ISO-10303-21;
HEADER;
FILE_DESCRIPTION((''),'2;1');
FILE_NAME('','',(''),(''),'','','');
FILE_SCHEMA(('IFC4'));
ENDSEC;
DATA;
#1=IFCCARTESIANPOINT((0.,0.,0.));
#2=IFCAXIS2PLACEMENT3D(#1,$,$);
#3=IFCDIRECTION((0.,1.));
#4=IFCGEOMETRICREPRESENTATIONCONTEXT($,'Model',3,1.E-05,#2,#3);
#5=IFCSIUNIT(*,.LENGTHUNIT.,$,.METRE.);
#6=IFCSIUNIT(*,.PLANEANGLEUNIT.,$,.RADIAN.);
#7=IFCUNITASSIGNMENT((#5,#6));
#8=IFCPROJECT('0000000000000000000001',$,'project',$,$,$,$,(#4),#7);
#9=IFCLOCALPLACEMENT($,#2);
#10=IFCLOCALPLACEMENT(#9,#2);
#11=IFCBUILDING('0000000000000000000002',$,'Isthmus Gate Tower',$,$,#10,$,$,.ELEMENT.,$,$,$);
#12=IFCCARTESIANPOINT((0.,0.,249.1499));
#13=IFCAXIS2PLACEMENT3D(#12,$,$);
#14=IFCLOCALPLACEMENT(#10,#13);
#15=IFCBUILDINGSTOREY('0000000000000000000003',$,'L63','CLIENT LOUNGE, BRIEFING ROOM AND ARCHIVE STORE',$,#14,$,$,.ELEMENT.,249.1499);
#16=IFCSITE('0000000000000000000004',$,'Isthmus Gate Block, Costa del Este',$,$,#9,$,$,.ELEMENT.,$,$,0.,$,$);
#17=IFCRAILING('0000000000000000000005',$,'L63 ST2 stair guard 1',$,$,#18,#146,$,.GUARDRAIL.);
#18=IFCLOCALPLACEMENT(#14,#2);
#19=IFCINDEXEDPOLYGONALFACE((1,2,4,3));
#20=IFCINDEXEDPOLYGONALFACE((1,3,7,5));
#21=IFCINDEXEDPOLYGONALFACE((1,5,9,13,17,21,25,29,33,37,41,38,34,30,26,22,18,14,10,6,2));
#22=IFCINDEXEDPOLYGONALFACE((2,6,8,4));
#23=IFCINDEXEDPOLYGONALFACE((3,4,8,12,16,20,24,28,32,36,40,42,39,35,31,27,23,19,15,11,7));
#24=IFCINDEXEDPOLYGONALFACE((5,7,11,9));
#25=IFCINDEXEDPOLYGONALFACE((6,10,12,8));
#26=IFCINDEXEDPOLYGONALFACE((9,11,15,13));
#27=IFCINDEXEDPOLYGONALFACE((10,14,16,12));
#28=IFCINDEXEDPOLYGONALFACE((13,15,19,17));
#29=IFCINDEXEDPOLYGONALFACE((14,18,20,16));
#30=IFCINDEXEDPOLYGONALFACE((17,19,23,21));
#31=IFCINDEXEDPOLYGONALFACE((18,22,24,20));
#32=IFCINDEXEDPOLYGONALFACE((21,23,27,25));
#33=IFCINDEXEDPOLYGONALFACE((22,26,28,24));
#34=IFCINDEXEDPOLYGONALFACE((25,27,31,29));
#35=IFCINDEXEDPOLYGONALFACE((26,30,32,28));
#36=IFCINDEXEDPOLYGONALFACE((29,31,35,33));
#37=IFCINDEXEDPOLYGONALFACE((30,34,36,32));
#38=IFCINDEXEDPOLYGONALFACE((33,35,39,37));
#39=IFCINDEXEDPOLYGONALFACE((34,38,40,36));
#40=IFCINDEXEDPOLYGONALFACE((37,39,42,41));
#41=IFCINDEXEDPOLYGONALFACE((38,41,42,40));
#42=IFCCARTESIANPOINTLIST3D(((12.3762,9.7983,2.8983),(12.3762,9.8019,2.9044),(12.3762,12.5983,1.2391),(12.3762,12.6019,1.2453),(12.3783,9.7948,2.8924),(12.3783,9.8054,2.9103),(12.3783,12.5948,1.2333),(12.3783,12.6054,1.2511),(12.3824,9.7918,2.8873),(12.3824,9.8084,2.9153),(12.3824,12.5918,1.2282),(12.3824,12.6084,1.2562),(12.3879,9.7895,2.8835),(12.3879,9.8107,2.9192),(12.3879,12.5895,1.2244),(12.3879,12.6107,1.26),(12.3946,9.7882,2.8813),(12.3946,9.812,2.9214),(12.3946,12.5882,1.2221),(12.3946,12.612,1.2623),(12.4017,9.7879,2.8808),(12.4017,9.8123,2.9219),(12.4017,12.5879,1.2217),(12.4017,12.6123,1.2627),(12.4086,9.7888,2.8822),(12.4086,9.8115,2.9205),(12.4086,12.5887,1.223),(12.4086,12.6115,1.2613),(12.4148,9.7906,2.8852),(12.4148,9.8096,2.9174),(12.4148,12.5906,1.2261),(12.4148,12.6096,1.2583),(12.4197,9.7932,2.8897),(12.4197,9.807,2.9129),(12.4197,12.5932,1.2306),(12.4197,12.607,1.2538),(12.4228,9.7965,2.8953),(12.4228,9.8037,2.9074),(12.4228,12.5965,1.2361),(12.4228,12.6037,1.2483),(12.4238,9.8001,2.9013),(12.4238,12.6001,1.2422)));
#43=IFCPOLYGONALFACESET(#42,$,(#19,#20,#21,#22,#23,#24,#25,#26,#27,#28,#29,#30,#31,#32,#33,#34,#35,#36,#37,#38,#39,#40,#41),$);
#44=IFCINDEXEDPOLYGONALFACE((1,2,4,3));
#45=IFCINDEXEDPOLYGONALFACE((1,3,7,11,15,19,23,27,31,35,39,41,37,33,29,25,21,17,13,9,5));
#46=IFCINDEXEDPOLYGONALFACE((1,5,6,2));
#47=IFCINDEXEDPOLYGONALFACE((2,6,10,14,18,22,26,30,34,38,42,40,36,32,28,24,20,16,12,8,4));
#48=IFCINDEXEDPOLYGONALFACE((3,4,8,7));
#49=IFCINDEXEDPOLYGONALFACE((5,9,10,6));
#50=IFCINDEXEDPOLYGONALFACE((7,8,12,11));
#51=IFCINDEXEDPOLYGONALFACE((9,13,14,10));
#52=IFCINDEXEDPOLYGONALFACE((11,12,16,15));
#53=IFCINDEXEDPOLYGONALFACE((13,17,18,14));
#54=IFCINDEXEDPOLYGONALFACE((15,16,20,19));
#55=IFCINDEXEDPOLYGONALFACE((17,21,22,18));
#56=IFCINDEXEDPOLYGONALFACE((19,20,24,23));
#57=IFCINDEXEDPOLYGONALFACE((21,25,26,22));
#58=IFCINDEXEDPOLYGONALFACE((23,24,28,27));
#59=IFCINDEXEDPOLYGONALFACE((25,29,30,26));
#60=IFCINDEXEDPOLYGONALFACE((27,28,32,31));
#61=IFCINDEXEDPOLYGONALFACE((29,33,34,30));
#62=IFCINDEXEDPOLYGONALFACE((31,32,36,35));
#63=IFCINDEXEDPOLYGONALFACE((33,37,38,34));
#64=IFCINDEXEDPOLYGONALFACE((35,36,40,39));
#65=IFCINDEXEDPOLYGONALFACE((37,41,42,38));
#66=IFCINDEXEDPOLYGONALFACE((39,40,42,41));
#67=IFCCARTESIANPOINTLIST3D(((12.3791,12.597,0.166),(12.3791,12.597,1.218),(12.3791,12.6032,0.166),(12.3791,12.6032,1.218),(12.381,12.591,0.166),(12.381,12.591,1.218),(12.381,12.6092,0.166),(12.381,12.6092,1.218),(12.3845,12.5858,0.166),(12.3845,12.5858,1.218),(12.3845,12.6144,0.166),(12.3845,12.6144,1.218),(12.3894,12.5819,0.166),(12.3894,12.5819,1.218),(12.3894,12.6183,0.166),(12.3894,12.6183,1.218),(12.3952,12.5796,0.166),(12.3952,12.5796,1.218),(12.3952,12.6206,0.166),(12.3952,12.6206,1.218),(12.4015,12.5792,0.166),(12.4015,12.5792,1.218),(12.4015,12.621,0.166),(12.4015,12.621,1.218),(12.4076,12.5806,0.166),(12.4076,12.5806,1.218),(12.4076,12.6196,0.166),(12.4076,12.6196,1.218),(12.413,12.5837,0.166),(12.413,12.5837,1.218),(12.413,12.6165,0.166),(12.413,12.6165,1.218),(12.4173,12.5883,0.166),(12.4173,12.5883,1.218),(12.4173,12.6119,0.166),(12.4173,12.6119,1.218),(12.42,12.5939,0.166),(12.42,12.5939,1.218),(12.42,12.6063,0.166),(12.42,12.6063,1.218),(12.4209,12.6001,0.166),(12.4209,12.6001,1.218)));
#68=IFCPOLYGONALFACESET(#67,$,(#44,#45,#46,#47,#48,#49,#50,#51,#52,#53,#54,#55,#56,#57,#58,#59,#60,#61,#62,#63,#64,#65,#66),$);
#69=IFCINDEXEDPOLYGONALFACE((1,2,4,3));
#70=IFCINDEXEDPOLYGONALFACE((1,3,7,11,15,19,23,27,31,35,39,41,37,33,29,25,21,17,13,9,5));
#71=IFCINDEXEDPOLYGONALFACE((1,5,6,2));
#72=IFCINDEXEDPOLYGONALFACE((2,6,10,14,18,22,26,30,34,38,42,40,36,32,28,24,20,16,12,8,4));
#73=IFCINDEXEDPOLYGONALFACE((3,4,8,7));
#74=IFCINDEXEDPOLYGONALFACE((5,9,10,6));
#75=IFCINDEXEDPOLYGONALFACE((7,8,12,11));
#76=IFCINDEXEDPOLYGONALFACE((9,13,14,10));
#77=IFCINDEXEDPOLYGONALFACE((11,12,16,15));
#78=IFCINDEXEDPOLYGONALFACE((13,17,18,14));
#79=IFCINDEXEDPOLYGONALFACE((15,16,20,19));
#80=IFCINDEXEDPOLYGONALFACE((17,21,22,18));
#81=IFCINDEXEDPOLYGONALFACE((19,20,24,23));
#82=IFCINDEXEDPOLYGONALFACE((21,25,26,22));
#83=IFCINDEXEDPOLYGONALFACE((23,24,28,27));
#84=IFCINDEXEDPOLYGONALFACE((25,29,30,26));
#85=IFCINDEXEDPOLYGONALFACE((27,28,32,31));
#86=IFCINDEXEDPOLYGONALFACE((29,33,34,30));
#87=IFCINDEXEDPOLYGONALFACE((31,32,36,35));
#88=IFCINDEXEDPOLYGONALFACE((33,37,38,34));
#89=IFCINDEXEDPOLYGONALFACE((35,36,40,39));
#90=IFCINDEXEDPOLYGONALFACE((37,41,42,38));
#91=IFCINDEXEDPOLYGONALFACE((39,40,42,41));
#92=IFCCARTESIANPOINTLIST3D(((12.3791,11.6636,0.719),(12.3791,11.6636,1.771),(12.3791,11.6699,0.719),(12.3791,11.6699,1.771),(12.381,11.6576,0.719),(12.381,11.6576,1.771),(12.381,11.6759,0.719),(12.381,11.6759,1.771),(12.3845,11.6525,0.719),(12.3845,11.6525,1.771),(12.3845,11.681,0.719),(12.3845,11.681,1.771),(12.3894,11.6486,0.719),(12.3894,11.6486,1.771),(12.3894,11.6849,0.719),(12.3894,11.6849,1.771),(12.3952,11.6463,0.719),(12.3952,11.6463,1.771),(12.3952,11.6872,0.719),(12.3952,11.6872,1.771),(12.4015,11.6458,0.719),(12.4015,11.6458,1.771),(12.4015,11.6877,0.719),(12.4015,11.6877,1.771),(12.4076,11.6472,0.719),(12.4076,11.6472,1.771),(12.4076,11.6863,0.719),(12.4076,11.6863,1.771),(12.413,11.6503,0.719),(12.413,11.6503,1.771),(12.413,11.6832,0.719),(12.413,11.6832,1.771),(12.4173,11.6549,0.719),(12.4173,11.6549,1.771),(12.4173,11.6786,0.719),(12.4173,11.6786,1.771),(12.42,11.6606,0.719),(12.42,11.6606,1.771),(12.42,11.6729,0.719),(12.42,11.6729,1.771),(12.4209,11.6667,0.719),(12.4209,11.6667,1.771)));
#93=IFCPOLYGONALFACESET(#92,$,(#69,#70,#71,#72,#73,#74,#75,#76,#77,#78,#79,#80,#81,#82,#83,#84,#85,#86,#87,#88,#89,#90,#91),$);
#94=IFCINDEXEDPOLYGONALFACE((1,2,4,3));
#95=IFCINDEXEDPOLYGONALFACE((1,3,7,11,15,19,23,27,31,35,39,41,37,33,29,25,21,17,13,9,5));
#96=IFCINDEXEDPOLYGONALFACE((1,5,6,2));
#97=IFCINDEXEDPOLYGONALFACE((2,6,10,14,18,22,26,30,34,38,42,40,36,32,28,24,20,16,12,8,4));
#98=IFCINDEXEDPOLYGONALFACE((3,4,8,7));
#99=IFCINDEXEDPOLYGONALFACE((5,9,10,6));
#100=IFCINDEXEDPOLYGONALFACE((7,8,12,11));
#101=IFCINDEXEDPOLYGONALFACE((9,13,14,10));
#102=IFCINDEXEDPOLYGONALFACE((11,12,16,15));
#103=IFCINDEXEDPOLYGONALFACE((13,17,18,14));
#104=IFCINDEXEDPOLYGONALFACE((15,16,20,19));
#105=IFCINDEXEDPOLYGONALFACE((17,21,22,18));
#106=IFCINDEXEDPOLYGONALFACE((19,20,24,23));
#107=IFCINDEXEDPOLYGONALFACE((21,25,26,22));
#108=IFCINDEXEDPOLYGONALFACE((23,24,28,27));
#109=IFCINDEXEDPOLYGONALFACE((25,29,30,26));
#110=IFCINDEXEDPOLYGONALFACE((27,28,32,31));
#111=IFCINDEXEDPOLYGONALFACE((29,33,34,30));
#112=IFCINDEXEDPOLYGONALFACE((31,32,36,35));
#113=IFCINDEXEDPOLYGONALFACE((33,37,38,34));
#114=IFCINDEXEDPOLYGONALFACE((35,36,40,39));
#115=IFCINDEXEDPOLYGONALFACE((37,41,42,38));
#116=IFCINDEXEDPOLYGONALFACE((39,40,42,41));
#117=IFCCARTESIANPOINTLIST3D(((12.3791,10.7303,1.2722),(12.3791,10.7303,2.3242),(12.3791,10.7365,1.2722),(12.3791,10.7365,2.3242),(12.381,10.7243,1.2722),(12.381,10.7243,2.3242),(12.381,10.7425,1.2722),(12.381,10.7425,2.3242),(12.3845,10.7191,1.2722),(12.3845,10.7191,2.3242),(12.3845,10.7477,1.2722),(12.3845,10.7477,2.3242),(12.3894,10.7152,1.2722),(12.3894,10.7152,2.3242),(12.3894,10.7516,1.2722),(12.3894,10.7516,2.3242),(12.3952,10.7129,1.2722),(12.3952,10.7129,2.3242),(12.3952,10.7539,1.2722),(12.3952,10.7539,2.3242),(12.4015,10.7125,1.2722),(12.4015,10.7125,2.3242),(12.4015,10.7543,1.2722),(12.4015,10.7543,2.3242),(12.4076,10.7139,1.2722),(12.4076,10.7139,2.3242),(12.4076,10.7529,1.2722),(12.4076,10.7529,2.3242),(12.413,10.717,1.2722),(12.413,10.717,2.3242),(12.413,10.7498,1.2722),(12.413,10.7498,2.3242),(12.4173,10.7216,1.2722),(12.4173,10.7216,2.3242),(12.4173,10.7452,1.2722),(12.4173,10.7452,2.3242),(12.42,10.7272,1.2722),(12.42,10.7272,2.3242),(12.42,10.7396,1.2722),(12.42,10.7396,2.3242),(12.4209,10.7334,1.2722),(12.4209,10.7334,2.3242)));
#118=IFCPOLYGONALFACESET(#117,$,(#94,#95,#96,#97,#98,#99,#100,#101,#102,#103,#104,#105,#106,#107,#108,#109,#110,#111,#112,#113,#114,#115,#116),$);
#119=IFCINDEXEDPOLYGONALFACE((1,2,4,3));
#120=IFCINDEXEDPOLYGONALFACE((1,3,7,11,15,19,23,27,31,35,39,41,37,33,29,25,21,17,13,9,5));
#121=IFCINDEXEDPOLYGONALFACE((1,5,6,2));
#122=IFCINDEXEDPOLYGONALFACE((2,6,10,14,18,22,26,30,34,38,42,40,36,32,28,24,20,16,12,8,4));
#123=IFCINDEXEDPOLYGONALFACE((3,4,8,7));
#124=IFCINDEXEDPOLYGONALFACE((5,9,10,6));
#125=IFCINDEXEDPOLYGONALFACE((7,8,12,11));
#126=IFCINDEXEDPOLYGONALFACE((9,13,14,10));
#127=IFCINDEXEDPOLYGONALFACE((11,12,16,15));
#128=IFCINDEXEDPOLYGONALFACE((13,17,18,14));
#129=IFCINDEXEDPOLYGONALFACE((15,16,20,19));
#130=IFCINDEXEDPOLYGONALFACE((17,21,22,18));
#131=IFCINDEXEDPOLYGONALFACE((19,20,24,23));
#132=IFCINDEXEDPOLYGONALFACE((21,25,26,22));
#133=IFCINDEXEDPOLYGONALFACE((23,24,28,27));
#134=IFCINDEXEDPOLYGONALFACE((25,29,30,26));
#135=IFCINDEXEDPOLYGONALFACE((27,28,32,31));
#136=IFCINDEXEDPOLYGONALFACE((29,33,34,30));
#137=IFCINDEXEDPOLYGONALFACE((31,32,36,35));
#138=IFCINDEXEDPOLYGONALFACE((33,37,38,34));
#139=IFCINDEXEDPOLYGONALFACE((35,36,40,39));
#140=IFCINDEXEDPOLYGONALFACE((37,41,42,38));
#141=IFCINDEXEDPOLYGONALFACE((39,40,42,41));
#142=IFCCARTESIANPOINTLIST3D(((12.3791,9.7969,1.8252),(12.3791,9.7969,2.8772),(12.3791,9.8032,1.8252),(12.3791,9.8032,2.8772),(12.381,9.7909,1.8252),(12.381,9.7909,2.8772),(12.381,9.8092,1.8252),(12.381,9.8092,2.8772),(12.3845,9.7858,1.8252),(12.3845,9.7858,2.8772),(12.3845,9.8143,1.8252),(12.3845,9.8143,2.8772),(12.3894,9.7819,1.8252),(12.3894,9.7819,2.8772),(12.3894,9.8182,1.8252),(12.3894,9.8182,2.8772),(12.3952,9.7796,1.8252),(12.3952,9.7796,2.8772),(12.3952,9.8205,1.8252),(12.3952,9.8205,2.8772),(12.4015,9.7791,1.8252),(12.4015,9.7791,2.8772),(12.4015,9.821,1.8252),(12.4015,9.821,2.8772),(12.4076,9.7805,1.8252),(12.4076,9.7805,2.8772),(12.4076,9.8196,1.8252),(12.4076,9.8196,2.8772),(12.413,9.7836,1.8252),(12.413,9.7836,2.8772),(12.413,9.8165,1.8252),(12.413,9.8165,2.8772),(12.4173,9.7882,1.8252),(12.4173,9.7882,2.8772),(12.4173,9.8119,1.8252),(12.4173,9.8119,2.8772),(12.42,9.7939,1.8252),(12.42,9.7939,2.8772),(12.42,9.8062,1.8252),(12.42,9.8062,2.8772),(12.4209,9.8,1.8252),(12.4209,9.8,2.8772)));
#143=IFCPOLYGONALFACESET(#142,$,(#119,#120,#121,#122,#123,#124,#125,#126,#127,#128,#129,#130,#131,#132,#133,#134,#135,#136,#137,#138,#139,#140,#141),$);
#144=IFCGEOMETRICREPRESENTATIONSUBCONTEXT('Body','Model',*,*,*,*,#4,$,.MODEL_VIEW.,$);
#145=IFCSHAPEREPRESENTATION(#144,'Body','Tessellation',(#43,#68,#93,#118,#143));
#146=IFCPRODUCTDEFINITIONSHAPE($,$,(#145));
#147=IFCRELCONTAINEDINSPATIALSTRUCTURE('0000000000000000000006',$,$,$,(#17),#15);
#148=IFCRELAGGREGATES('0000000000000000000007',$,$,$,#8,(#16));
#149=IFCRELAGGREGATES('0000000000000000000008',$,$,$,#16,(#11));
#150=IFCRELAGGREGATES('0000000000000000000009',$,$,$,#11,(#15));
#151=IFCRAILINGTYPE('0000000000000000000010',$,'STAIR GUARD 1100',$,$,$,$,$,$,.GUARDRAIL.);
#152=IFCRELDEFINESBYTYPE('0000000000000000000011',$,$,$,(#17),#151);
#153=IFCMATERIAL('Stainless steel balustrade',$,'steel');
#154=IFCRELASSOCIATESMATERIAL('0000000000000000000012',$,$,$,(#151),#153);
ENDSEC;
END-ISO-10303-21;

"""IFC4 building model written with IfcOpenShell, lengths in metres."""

from ifc_helpers import new_model, si_unit, direction, frame, origin, origin_2d, place, context, subcontext, project, spatial, circle, extrude, material, type_object, element, save


model = new_model("IFC4")

# Units and contexts
model_context = context("Model", 3, precision=1e-05, world=origin(), true_north=direction((0.0, 1.0)))
body_context = subcontext(model_context, "Body", "Model", "MODEL_VIEW")
ifc_project = project(units=[si_unit("LENGTHUNIT", "METRE"), si_unit("PLANEANGLEUNIT", "RADIAN")], contexts=[model_context])

# Site, building, storey
site_placement = place(None, origin())
site = spatial("IfcSite", under=ifc_project, at=site_placement, Name="Isthmus Gate Block, Costa del Este", CompositionType="ELEMENT", RefElevation=0.0)
building_placement = place(site_placement, origin())
building = spatial("IfcBuilding", under=site, at=building_placement, Name="Isthmus Gate Tower", CompositionType="ELEMENT")
storey_placement = place(building_placement, frame((0.0, 0.0, 249.1499)))
storey = spatial("IfcBuildingStorey", under=building, at=storey_placement, Name="L63", Description="CLIENT LOUNGE, BRIEFING ROOM AND ARCHIVE STORE", CompositionType="ELEMENT", Elevation=249.1499)

# Railing
ifc_material_1 = material(Name="Stainless steel balustrade", Category="steel")
railing_type_1 = type_object("IfcRailingType", Name="STAIR GUARD 1100", PredefinedType="GUARDRAIL", material=ifc_material_1)
railing_1_placement = place(storey_placement, frame((12.3999, 12.6001, 0.166)))
element("IfcRailing", 1, at=railing_1_placement, inside=storey, type_object=railing_type_1, Name="L63 ST2 stair guard 1", PredefinedType="GUARDRAIL", context=body_context, shape_type="SweptSolid", body=[
    extrude(circle(Radius=0.0239, at=origin_2d()), frame((0.0, 0.0, 1.0762), z_axis=(0.0, -0.860306, 0.509778), x_axis=(1.0, 0.0, 0.0)), (0.0, 0.0, 1.0), 3.2546),
    extrude(circle(Radius=0.021, at=origin_2d()), origin(), (0.0, 0.0, 1.0), 1.052),
    extrude(circle(Radius=0.021, at=origin_2d()), frame((0.0, -0.9333, 0.553)), (0.0, 0.0, 1.0), 1.052),
    extrude(circle(Radius=0.021, at=origin_2d()), frame((0.0, -1.8667, 1.1062)), (0.0, 0.0, 1.0), 1.052),
    extrude(circle(Radius=0.021, at=origin_2d()), frame((0.0, -2.8, 1.6592)), (0.0, 0.0, 1.0), 1.052),
])

save(model, "model.ifc")
